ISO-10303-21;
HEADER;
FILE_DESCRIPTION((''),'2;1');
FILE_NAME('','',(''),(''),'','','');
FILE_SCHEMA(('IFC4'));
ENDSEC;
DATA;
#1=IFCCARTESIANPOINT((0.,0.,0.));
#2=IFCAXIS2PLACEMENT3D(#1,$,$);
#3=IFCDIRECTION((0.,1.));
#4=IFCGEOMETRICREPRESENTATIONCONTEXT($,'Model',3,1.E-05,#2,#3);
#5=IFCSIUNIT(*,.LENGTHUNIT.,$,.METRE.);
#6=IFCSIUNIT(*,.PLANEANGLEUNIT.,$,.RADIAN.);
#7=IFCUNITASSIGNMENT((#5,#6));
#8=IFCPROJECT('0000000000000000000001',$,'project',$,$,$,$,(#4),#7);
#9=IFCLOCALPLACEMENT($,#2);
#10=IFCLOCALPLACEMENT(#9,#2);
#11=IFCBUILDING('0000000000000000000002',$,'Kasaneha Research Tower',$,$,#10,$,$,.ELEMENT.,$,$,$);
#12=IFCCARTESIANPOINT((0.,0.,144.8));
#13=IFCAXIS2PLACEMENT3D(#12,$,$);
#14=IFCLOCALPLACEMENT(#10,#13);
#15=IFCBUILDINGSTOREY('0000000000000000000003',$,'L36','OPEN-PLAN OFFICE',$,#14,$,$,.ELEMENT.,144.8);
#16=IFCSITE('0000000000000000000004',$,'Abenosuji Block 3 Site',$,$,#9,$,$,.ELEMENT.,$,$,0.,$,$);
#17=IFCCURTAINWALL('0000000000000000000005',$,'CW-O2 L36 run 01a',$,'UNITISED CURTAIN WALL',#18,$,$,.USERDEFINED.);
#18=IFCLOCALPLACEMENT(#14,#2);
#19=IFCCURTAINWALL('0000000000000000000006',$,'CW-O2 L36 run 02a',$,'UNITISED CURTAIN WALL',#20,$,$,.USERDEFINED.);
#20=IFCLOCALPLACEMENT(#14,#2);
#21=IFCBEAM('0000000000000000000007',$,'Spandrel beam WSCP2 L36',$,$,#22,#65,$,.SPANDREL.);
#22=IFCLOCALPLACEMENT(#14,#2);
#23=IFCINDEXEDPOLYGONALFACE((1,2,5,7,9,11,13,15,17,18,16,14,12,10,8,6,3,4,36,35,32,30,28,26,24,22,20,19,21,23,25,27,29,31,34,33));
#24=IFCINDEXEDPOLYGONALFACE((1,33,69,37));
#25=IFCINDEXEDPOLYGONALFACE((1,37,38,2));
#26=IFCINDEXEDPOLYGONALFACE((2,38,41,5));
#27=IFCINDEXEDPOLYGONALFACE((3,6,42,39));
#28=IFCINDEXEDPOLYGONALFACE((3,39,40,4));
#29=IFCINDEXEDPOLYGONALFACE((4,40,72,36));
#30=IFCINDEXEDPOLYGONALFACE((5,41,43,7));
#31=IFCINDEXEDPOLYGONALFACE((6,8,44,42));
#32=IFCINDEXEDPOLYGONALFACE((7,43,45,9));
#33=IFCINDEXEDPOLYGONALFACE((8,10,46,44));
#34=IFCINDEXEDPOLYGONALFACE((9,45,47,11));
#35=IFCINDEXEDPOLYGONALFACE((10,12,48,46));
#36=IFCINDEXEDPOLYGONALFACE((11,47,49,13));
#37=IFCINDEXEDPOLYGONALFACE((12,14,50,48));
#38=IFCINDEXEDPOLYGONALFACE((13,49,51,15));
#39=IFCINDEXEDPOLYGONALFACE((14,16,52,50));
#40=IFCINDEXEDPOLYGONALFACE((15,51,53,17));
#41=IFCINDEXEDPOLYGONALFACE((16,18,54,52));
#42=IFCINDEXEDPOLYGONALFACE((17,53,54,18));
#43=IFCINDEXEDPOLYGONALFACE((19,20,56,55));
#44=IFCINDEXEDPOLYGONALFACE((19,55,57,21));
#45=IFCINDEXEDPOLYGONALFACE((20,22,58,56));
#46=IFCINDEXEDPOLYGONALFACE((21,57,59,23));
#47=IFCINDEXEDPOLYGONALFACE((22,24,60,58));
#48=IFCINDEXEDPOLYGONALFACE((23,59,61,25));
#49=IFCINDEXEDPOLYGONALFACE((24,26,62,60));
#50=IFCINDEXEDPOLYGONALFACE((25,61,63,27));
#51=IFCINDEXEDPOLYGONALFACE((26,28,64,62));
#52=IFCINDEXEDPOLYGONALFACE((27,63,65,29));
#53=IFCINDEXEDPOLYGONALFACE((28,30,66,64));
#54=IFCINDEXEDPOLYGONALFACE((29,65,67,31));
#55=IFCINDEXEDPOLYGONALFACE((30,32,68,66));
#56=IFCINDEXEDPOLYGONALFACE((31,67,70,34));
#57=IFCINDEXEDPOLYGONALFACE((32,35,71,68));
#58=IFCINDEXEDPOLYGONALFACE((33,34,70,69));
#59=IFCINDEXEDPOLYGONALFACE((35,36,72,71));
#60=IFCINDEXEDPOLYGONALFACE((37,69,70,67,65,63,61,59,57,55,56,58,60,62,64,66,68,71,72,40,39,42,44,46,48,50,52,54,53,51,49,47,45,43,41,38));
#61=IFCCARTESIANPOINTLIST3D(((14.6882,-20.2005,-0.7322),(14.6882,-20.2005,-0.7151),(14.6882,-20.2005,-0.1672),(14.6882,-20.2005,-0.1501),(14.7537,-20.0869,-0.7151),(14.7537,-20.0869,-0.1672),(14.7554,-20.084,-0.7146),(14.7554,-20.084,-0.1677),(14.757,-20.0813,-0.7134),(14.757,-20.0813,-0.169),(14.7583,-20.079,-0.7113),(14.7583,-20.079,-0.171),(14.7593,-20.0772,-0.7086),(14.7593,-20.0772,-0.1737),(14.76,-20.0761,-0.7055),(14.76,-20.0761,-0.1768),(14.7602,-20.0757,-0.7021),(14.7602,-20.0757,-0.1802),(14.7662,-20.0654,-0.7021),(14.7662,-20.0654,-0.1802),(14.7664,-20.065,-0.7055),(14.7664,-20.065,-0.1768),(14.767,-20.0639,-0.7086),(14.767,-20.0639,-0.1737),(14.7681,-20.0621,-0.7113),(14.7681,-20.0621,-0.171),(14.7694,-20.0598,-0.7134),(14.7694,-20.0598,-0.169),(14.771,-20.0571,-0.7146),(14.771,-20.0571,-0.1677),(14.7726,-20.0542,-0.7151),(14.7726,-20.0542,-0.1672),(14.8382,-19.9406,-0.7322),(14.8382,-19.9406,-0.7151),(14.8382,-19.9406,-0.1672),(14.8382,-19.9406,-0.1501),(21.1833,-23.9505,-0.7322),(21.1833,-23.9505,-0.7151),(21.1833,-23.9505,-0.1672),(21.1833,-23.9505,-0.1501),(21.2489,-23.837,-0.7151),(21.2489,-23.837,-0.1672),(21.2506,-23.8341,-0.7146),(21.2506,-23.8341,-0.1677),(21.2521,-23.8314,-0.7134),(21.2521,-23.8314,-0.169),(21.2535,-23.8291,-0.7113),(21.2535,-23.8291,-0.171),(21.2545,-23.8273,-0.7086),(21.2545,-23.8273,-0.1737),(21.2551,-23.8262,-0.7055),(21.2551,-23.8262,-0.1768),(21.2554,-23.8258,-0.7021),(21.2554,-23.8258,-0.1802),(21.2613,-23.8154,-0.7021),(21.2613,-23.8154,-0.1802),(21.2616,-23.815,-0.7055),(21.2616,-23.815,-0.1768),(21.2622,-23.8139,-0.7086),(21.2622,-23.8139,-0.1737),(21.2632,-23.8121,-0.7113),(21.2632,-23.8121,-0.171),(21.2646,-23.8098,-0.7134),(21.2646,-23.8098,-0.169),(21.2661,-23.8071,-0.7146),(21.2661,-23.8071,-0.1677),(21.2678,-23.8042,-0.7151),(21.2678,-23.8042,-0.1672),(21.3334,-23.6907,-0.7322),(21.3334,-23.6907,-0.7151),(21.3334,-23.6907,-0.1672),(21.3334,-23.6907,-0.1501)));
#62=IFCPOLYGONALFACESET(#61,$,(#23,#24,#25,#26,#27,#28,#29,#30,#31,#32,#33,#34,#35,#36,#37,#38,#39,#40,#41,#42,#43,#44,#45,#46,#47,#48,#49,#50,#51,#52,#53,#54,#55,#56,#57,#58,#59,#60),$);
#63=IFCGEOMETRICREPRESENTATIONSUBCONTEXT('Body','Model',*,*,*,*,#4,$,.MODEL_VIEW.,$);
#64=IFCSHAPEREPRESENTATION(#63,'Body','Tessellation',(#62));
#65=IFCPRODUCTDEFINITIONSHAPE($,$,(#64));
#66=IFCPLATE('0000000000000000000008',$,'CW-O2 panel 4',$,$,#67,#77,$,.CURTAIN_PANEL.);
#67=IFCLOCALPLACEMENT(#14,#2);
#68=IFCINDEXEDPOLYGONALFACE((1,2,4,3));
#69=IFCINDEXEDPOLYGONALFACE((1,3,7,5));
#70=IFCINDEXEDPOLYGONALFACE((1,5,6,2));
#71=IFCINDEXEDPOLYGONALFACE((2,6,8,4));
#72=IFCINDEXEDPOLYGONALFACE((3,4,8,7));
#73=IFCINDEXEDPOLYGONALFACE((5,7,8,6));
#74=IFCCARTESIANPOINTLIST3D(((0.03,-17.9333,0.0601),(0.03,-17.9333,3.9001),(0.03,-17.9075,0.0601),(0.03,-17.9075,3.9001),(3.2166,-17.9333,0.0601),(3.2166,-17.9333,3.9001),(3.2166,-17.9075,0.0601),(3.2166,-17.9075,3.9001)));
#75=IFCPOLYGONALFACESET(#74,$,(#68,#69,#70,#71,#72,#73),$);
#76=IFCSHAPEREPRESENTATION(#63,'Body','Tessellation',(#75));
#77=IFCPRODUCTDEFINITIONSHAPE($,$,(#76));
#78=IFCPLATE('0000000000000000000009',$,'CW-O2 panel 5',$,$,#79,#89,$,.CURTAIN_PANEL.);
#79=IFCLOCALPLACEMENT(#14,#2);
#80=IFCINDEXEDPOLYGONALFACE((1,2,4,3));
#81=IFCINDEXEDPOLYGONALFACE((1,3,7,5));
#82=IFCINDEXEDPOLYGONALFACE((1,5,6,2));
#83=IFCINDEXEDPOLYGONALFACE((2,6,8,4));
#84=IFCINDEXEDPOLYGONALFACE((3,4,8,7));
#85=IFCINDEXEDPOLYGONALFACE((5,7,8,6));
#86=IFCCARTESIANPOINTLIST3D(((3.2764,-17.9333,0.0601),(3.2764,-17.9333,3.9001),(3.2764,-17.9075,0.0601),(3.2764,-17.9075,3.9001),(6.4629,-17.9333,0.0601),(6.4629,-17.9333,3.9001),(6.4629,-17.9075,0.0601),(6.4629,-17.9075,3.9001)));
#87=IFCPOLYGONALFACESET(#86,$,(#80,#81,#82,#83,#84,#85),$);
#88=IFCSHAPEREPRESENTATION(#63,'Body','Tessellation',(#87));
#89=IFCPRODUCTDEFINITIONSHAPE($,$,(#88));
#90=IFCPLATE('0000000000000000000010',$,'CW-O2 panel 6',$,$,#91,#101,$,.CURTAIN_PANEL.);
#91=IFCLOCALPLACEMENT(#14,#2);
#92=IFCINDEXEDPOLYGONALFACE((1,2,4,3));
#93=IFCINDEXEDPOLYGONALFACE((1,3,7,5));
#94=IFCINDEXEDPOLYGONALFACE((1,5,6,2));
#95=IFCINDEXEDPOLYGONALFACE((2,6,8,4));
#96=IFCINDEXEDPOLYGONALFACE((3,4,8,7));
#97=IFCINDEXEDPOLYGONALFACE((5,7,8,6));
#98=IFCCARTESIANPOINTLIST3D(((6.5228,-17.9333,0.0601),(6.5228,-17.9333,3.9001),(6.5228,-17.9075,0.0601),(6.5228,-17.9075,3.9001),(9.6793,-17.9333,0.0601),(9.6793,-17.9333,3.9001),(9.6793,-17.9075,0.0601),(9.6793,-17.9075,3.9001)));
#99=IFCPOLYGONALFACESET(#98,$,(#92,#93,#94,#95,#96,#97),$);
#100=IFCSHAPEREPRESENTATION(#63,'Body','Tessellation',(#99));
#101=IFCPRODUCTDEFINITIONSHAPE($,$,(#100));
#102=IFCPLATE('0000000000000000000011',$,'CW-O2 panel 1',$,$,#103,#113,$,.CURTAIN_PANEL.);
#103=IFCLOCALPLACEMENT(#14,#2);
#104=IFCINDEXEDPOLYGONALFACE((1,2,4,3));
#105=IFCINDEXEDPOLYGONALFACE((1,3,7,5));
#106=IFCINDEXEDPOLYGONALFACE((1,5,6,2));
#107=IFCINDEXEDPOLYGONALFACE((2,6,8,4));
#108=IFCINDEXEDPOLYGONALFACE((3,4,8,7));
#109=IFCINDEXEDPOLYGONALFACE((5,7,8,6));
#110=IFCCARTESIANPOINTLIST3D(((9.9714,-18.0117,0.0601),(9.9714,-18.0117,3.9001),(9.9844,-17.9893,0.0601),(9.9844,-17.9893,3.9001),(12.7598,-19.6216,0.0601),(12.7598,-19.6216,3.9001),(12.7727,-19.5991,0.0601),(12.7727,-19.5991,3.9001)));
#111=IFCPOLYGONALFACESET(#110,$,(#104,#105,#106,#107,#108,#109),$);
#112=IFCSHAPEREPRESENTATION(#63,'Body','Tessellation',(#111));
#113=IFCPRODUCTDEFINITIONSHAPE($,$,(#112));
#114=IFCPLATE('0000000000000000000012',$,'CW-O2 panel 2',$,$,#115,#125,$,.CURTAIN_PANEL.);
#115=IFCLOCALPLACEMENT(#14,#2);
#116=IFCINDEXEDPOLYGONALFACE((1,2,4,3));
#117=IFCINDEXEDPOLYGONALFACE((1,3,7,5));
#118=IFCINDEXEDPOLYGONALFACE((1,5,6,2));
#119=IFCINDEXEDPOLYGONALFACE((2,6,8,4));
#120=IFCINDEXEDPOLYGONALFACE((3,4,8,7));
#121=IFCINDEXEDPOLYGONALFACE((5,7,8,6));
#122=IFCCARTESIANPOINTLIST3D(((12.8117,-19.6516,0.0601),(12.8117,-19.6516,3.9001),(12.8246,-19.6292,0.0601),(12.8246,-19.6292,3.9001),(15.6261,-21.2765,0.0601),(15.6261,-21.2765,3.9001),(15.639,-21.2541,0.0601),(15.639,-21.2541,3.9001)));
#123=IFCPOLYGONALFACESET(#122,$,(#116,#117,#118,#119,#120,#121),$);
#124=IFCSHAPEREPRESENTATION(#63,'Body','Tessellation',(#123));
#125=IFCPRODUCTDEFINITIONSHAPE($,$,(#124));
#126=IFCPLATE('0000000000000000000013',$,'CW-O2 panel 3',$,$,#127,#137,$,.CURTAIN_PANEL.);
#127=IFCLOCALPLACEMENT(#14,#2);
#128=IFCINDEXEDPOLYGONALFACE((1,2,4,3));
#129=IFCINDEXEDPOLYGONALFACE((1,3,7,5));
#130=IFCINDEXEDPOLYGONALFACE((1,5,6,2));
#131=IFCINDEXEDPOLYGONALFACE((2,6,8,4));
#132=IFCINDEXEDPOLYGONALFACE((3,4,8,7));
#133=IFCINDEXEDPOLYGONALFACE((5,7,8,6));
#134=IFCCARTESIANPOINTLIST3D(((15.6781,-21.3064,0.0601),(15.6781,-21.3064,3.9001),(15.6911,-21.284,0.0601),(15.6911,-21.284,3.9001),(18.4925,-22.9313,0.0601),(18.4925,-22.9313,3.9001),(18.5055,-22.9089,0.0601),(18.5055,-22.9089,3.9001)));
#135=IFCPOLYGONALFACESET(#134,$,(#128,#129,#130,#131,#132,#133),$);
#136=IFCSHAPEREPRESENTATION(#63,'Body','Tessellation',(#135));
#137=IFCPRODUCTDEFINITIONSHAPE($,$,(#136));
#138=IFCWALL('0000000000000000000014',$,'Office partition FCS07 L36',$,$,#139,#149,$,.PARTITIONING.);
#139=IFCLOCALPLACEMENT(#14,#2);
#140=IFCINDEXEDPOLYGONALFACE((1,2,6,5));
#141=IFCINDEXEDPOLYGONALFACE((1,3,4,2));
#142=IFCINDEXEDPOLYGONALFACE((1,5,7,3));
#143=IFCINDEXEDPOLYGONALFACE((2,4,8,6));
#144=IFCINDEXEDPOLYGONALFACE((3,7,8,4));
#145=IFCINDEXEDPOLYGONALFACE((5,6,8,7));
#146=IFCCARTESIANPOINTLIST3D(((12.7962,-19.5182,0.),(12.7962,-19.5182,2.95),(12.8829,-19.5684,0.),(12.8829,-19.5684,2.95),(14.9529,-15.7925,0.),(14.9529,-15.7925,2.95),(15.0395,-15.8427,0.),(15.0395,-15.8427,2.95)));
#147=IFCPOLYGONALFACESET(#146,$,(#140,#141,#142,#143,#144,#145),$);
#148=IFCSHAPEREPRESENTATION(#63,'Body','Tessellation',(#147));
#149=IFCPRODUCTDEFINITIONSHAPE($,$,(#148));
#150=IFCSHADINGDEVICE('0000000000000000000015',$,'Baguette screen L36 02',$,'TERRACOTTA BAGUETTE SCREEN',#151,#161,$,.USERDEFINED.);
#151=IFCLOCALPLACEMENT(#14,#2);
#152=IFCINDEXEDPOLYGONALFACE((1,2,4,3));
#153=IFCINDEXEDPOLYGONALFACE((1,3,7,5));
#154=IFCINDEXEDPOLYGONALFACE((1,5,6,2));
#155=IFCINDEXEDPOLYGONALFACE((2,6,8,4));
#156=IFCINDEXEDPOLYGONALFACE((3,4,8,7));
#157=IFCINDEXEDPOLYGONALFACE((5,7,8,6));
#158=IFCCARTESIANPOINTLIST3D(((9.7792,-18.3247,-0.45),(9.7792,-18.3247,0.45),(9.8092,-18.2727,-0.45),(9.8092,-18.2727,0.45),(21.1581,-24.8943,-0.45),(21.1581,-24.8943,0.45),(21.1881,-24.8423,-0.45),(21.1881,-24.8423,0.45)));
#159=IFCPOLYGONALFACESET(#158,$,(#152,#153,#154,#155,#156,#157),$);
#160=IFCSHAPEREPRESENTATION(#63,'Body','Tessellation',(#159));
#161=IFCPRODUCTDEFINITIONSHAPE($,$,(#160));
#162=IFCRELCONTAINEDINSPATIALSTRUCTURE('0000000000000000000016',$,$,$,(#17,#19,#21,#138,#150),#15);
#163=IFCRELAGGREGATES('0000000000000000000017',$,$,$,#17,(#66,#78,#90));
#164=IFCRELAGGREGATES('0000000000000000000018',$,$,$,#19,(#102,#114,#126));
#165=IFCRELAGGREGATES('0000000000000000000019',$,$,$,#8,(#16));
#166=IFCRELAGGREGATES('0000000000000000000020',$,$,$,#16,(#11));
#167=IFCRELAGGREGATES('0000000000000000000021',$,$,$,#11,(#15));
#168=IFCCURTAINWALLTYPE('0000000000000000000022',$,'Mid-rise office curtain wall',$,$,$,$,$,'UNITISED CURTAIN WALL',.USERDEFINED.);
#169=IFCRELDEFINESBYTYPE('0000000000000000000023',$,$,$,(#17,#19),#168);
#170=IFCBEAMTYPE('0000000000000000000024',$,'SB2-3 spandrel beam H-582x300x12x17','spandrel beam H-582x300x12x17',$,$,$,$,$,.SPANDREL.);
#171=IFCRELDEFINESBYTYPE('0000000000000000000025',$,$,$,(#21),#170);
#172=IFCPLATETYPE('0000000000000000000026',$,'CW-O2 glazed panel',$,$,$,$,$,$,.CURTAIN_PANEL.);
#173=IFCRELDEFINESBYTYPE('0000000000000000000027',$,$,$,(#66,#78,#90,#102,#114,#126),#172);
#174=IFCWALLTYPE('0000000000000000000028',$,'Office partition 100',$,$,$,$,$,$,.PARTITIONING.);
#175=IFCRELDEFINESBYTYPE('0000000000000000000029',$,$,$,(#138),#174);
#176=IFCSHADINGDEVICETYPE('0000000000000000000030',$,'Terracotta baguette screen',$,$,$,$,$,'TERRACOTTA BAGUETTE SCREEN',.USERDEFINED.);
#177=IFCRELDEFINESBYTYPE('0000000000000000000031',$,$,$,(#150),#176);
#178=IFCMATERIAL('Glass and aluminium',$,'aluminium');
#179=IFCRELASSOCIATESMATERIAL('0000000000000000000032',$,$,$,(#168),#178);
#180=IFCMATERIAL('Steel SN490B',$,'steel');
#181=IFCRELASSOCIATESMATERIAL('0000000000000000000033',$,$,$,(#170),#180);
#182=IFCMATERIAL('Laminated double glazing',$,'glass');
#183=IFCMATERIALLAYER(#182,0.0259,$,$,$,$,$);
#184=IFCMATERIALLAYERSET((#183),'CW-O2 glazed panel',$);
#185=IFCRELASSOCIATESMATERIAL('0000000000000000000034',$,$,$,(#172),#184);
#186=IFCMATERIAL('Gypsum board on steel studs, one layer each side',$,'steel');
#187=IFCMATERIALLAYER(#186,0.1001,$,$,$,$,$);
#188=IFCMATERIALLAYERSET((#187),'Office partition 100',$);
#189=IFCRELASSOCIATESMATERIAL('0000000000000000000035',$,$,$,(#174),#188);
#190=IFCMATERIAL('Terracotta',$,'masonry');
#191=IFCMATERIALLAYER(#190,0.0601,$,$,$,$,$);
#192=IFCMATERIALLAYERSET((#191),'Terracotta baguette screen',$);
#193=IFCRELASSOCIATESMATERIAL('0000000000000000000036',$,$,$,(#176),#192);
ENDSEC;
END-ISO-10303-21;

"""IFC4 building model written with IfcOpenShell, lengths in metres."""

from ifc_helpers import new_model, si_unit, direction, frame, frame_2d, origin, origin_2d, place, context, subcontext, project, spatial, rectangle, i_section, extrude, material, layer, layer_set, material_profile, profile_set, type_object, element, aggregate, save


model = new_model("IFC4")

# Units and contexts
model_context = context("Model", 3, precision=1e-05, world=origin(), true_north=direction((0.0, 1.0)))
body_context = subcontext(model_context, "Body", "Model", "MODEL_VIEW")
ifc_project = project(units=[si_unit("LENGTHUNIT", "METRE"), si_unit("PLANEANGLEUNIT", "RADIAN")], contexts=[model_context])

# Site, building, storey
site_placement = place(None, origin())
site = spatial("IfcSite", under=ifc_project, at=site_placement, Name="Abenosuji Block 3 Site", CompositionType="ELEMENT", RefElevation=0.0)
building_placement = place(site_placement, origin())
building = spatial("IfcBuilding", under=site, at=building_placement, Name="Kasaneha Research Tower", CompositionType="ELEMENT")
storey_placement = place(building_placement, frame((0.0, 0.0, 144.8)))
storey = spatial("IfcBuildingStorey", under=building, at=storey_placement, Name="L36", Description="OPEN-PLAN OFFICE", CompositionType="ELEMENT", Elevation=144.8)

# Curtain walls
ifc_material_1 = material(Name="Glass and aluminium", Category="aluminium")
curtain_wall_type = type_object("IfcCurtainWallType", Name="Mid-rise office curtain wall", ElementType="UNITISED CURTAIN WALL", PredefinedType="USERDEFINED", material=ifc_material_1)
curtain_wall_1_placement = place(storey_placement, origin())
curtain_wall_1 = element("IfcCurtainWall", 1, at=curtain_wall_1_placement, inside=storey, type_object=curtain_wall_type, Name="CW-O2 L36 run 01a", ObjectType="UNITISED CURTAIN WALL", PredefinedType="USERDEFINED")
curtain_wall_2_placement = place(storey_placement, origin())
curtain_wall_2 = element("IfcCurtainWall", 2, at=curtain_wall_2_placement, inside=storey, type_object=curtain_wall_type, Name="CW-O2 L36 run 02a", ObjectType="UNITISED CURTAIN WALL", PredefinedType="USERDEFINED")

# Beam
ifc_material_2 = material(Name="Steel SN490B", Category="steel")
ifc_material_profile_1 = material_profile(ifc_material_2, i_section(OverallWidth=0.3, OverallDepth=0.582, WebThickness=0.012, FlangeThickness=0.0171, FilletRadius=0.0129, at=origin_2d()), Name="H-582x300x12x17")
ifc_profile_set_1 = profile_set([ifc_material_profile_1], Name="Steel SN490B")
beam_type_1 = type_object("IfcBeamType", Name="SB2-3 spandrel beam H-582x300x12x17", Description="spandrel beam H-582x300x12x17", PredefinedType="SPANDREL", material=ifc_profile_set_1)
beam_1_placement = place(storey_placement, frame((14.7632, -20.0706, -0.4412), z_axis=(0.866023, -0.500004, 0.0), x_axis=(0.500004, 0.866023, 0.0)))
element("IfcBeam", 3, at=beam_1_placement, inside=storey, type_object=beam_type_1, Name="Spandrel beam WSCP2 L36", PredefinedType="SPANDREL", context=body_context, shape_type="SweptSolid", body=[
    extrude(i_section(OverallWidth=0.3, OverallDepth=0.582, WebThickness=0.012, FlangeThickness=0.0171, FilletRadius=0.0129, at=origin_2d()), origin(), (0.0, 0.0, 1.0), 7.5),
])

# Plates
ifc_material_3 = material(Name="Laminated double glazing", Category="glass")
ifc_layer_1 = layer(ifc_material_3, 0.0259)
ifc_layer_set_1 = layer_set([ifc_layer_1], Name="CW-O2 glazed panel")
plate_type = type_object("IfcPlateType", Name="CW-O2 glazed panel", PredefinedType="CURTAIN_PANEL", material=ifc_layer_set_1)
plate_1_placement = place(storey_placement, frame((1.6233, -17.9204, 0.0601), z_axis=(0.0, 0.0, 1.0), x_axis=(1.0, 0.0, 0.0)))
plate_1 = element("IfcPlate", 4, at=plate_1_placement, type_object=plate_type, Name="CW-O2 panel 4", PredefinedType="CURTAIN_PANEL", context=body_context, shape_type="SweptSolid", body=[
    extrude(rectangle(XDim=3.1865, YDim=0.0259, at=origin_2d()), origin(), (0.0, 0.0, 1.0), 3.8401),
])
plate_2_placement = place(storey_placement, frame((4.8696, -17.9204, 0.0601), z_axis=(0.0, 0.0, 1.0), x_axis=(1.0, 0.0, 0.0)))
plate_2 = element("IfcPlate", 5, at=plate_2_placement, type_object=plate_type, Name="CW-O2 panel 5", PredefinedType="CURTAIN_PANEL", context=body_context, shape_type="SweptSolid", body=[
    extrude(rectangle(XDim=3.1865, YDim=0.0259, at=origin_2d()), origin(), (0.0, 0.0, 1.0), 3.8401),
])
plate_3_placement = place(storey_placement, frame((8.1011, -17.9204, 0.0601), z_axis=(0.0, 0.0, 1.0), x_axis=(1.0, 0.0, 0.0)))
plate_3 = element("IfcPlate", 6, at=plate_3_placement, type_object=plate_type, Name="CW-O2 panel 6", PredefinedType="CURTAIN_PANEL", context=body_context, shape_type="SweptSolid", body=[
    extrude(rectangle(XDim=3.1565, YDim=0.0259, at=origin_2d()), origin(), (0.0, 0.0, 1.0), 3.8401),
])
aggregate(curtain_wall_1, [plate_1, plate_2, plate_3])
plate_4_placement = place(storey_placement, frame((11.3721, -18.8054, 0.0601), z_axis=(0.0, 0.0, 1.0), x_axis=(0.866025, -0.5, 0.0)))
plate_4 = element("IfcPlate", 7, at=plate_4_placement, type_object=plate_type, Name="CW-O2 panel 1", PredefinedType="CURTAIN_PANEL", context=body_context, shape_type="SweptSolid", body=[
    extrude(rectangle(XDim=3.2197, YDim=0.0259, at=origin_2d()), origin(), (0.0, 0.0, 1.0), 3.8401),
])
plate_5_placement = place(storey_placement, frame((14.2253, -20.4529, 0.0601), z_axis=(0.0, 0.0, 1.0), x_axis=(0.866025, -0.5, 0.0)))
plate_5 = element("IfcPlate", 8, at=plate_5_placement, type_object=plate_type, Name="CW-O2 panel 2", PredefinedType="CURTAIN_PANEL", context=body_context, shape_type="SweptSolid", body=[
    extrude(rectangle(XDim=3.2498, YDim=0.0259, at=origin_2d()), origin(), (0.0, 0.0, 1.0), 3.8401),
])
plate_6_placement = place(storey_placement, frame((17.0918, -22.1077, 0.0601), z_axis=(0.0, 0.0, 1.0), x_axis=(0.866025, -0.5, 0.0)))
plate_6 = element("IfcPlate", 9, at=plate_6_placement, type_object=plate_type, Name="CW-O2 panel 3", PredefinedType="CURTAIN_PANEL", context=body_context, shape_type="SweptSolid", body=[
    extrude(rectangle(XDim=3.2498, YDim=0.0259, at=origin_2d()), origin(), (0.0, 0.0, 1.0), 3.8401),
])
aggregate(curtain_wall_2, [plate_4, plate_5, plate_6])

# Wall
ifc_material_4 = material(Name="Gypsum board on steel studs, one layer each side", Category="steel")
ifc_layer_2 = layer(ifc_material_4, 0.1001)
ifc_layer_set_2 = layer_set([ifc_layer_2], Name="Office partition 100")
wall_type = type_object("IfcWallType", Name="Office partition 100", PredefinedType="PARTITIONING", material=ifc_layer_set_2)
wall_placement = place(storey_placement, frame((12.8396, -19.5432, 0.0), z_axis=(0.0, 0.0, 1.0), x_axis=(0.50098, 0.865459, 0.0)))
element("IfcWall", 10, at=wall_placement, inside=storey, type_object=wall_type, Name="Office partition FCS07 L36", PredefinedType="PARTITIONING", context=body_context, shape_type="SweptSolid", body=[
    extrude(rectangle(XDim=4.3049, YDim=0.1001, at=frame_2d((2.1523, 0.0))), origin(), (0.0, 0.0, 1.0), 2.95),
])

# Shading device
ifc_material_5 = material(Name="Terracotta", Category="masonry")
ifc_layer_3 = layer(ifc_material_5, 0.0601)
ifc_layer_set_3 = layer_set([ifc_layer_3], Name="Terracotta baguette screen")
shading_device_type = type_object("IfcShadingDeviceType", Name="Terracotta baguette screen", ElementType="TERRACOTTA BAGUETTE SCREEN", PredefinedType="USERDEFINED", material=ifc_layer_set_3)
shading_device_placement = place(storey_placement, frame((15.4836, -21.5835, -0.45), z_axis=(0.0, 0.0, 1.0), x_axis=(0.866025, -0.5, 0.0)))
element("IfcShadingDevice", 11, at=shading_device_placement, inside=storey, type_object=shading_device_type, Name="Baguette screen L36 02", ObjectType="TERRACOTTA BAGUETTE SCREEN", PredefinedType="USERDEFINED", context=body_context, shape_type="SweptSolid", body=[
    extrude(rectangle(XDim=13.1392, YDim=0.0601, at=origin_2d()), origin(), (0.0, 0.0, 1.0), 0.8999),
])

save(model, "model.ifc")
